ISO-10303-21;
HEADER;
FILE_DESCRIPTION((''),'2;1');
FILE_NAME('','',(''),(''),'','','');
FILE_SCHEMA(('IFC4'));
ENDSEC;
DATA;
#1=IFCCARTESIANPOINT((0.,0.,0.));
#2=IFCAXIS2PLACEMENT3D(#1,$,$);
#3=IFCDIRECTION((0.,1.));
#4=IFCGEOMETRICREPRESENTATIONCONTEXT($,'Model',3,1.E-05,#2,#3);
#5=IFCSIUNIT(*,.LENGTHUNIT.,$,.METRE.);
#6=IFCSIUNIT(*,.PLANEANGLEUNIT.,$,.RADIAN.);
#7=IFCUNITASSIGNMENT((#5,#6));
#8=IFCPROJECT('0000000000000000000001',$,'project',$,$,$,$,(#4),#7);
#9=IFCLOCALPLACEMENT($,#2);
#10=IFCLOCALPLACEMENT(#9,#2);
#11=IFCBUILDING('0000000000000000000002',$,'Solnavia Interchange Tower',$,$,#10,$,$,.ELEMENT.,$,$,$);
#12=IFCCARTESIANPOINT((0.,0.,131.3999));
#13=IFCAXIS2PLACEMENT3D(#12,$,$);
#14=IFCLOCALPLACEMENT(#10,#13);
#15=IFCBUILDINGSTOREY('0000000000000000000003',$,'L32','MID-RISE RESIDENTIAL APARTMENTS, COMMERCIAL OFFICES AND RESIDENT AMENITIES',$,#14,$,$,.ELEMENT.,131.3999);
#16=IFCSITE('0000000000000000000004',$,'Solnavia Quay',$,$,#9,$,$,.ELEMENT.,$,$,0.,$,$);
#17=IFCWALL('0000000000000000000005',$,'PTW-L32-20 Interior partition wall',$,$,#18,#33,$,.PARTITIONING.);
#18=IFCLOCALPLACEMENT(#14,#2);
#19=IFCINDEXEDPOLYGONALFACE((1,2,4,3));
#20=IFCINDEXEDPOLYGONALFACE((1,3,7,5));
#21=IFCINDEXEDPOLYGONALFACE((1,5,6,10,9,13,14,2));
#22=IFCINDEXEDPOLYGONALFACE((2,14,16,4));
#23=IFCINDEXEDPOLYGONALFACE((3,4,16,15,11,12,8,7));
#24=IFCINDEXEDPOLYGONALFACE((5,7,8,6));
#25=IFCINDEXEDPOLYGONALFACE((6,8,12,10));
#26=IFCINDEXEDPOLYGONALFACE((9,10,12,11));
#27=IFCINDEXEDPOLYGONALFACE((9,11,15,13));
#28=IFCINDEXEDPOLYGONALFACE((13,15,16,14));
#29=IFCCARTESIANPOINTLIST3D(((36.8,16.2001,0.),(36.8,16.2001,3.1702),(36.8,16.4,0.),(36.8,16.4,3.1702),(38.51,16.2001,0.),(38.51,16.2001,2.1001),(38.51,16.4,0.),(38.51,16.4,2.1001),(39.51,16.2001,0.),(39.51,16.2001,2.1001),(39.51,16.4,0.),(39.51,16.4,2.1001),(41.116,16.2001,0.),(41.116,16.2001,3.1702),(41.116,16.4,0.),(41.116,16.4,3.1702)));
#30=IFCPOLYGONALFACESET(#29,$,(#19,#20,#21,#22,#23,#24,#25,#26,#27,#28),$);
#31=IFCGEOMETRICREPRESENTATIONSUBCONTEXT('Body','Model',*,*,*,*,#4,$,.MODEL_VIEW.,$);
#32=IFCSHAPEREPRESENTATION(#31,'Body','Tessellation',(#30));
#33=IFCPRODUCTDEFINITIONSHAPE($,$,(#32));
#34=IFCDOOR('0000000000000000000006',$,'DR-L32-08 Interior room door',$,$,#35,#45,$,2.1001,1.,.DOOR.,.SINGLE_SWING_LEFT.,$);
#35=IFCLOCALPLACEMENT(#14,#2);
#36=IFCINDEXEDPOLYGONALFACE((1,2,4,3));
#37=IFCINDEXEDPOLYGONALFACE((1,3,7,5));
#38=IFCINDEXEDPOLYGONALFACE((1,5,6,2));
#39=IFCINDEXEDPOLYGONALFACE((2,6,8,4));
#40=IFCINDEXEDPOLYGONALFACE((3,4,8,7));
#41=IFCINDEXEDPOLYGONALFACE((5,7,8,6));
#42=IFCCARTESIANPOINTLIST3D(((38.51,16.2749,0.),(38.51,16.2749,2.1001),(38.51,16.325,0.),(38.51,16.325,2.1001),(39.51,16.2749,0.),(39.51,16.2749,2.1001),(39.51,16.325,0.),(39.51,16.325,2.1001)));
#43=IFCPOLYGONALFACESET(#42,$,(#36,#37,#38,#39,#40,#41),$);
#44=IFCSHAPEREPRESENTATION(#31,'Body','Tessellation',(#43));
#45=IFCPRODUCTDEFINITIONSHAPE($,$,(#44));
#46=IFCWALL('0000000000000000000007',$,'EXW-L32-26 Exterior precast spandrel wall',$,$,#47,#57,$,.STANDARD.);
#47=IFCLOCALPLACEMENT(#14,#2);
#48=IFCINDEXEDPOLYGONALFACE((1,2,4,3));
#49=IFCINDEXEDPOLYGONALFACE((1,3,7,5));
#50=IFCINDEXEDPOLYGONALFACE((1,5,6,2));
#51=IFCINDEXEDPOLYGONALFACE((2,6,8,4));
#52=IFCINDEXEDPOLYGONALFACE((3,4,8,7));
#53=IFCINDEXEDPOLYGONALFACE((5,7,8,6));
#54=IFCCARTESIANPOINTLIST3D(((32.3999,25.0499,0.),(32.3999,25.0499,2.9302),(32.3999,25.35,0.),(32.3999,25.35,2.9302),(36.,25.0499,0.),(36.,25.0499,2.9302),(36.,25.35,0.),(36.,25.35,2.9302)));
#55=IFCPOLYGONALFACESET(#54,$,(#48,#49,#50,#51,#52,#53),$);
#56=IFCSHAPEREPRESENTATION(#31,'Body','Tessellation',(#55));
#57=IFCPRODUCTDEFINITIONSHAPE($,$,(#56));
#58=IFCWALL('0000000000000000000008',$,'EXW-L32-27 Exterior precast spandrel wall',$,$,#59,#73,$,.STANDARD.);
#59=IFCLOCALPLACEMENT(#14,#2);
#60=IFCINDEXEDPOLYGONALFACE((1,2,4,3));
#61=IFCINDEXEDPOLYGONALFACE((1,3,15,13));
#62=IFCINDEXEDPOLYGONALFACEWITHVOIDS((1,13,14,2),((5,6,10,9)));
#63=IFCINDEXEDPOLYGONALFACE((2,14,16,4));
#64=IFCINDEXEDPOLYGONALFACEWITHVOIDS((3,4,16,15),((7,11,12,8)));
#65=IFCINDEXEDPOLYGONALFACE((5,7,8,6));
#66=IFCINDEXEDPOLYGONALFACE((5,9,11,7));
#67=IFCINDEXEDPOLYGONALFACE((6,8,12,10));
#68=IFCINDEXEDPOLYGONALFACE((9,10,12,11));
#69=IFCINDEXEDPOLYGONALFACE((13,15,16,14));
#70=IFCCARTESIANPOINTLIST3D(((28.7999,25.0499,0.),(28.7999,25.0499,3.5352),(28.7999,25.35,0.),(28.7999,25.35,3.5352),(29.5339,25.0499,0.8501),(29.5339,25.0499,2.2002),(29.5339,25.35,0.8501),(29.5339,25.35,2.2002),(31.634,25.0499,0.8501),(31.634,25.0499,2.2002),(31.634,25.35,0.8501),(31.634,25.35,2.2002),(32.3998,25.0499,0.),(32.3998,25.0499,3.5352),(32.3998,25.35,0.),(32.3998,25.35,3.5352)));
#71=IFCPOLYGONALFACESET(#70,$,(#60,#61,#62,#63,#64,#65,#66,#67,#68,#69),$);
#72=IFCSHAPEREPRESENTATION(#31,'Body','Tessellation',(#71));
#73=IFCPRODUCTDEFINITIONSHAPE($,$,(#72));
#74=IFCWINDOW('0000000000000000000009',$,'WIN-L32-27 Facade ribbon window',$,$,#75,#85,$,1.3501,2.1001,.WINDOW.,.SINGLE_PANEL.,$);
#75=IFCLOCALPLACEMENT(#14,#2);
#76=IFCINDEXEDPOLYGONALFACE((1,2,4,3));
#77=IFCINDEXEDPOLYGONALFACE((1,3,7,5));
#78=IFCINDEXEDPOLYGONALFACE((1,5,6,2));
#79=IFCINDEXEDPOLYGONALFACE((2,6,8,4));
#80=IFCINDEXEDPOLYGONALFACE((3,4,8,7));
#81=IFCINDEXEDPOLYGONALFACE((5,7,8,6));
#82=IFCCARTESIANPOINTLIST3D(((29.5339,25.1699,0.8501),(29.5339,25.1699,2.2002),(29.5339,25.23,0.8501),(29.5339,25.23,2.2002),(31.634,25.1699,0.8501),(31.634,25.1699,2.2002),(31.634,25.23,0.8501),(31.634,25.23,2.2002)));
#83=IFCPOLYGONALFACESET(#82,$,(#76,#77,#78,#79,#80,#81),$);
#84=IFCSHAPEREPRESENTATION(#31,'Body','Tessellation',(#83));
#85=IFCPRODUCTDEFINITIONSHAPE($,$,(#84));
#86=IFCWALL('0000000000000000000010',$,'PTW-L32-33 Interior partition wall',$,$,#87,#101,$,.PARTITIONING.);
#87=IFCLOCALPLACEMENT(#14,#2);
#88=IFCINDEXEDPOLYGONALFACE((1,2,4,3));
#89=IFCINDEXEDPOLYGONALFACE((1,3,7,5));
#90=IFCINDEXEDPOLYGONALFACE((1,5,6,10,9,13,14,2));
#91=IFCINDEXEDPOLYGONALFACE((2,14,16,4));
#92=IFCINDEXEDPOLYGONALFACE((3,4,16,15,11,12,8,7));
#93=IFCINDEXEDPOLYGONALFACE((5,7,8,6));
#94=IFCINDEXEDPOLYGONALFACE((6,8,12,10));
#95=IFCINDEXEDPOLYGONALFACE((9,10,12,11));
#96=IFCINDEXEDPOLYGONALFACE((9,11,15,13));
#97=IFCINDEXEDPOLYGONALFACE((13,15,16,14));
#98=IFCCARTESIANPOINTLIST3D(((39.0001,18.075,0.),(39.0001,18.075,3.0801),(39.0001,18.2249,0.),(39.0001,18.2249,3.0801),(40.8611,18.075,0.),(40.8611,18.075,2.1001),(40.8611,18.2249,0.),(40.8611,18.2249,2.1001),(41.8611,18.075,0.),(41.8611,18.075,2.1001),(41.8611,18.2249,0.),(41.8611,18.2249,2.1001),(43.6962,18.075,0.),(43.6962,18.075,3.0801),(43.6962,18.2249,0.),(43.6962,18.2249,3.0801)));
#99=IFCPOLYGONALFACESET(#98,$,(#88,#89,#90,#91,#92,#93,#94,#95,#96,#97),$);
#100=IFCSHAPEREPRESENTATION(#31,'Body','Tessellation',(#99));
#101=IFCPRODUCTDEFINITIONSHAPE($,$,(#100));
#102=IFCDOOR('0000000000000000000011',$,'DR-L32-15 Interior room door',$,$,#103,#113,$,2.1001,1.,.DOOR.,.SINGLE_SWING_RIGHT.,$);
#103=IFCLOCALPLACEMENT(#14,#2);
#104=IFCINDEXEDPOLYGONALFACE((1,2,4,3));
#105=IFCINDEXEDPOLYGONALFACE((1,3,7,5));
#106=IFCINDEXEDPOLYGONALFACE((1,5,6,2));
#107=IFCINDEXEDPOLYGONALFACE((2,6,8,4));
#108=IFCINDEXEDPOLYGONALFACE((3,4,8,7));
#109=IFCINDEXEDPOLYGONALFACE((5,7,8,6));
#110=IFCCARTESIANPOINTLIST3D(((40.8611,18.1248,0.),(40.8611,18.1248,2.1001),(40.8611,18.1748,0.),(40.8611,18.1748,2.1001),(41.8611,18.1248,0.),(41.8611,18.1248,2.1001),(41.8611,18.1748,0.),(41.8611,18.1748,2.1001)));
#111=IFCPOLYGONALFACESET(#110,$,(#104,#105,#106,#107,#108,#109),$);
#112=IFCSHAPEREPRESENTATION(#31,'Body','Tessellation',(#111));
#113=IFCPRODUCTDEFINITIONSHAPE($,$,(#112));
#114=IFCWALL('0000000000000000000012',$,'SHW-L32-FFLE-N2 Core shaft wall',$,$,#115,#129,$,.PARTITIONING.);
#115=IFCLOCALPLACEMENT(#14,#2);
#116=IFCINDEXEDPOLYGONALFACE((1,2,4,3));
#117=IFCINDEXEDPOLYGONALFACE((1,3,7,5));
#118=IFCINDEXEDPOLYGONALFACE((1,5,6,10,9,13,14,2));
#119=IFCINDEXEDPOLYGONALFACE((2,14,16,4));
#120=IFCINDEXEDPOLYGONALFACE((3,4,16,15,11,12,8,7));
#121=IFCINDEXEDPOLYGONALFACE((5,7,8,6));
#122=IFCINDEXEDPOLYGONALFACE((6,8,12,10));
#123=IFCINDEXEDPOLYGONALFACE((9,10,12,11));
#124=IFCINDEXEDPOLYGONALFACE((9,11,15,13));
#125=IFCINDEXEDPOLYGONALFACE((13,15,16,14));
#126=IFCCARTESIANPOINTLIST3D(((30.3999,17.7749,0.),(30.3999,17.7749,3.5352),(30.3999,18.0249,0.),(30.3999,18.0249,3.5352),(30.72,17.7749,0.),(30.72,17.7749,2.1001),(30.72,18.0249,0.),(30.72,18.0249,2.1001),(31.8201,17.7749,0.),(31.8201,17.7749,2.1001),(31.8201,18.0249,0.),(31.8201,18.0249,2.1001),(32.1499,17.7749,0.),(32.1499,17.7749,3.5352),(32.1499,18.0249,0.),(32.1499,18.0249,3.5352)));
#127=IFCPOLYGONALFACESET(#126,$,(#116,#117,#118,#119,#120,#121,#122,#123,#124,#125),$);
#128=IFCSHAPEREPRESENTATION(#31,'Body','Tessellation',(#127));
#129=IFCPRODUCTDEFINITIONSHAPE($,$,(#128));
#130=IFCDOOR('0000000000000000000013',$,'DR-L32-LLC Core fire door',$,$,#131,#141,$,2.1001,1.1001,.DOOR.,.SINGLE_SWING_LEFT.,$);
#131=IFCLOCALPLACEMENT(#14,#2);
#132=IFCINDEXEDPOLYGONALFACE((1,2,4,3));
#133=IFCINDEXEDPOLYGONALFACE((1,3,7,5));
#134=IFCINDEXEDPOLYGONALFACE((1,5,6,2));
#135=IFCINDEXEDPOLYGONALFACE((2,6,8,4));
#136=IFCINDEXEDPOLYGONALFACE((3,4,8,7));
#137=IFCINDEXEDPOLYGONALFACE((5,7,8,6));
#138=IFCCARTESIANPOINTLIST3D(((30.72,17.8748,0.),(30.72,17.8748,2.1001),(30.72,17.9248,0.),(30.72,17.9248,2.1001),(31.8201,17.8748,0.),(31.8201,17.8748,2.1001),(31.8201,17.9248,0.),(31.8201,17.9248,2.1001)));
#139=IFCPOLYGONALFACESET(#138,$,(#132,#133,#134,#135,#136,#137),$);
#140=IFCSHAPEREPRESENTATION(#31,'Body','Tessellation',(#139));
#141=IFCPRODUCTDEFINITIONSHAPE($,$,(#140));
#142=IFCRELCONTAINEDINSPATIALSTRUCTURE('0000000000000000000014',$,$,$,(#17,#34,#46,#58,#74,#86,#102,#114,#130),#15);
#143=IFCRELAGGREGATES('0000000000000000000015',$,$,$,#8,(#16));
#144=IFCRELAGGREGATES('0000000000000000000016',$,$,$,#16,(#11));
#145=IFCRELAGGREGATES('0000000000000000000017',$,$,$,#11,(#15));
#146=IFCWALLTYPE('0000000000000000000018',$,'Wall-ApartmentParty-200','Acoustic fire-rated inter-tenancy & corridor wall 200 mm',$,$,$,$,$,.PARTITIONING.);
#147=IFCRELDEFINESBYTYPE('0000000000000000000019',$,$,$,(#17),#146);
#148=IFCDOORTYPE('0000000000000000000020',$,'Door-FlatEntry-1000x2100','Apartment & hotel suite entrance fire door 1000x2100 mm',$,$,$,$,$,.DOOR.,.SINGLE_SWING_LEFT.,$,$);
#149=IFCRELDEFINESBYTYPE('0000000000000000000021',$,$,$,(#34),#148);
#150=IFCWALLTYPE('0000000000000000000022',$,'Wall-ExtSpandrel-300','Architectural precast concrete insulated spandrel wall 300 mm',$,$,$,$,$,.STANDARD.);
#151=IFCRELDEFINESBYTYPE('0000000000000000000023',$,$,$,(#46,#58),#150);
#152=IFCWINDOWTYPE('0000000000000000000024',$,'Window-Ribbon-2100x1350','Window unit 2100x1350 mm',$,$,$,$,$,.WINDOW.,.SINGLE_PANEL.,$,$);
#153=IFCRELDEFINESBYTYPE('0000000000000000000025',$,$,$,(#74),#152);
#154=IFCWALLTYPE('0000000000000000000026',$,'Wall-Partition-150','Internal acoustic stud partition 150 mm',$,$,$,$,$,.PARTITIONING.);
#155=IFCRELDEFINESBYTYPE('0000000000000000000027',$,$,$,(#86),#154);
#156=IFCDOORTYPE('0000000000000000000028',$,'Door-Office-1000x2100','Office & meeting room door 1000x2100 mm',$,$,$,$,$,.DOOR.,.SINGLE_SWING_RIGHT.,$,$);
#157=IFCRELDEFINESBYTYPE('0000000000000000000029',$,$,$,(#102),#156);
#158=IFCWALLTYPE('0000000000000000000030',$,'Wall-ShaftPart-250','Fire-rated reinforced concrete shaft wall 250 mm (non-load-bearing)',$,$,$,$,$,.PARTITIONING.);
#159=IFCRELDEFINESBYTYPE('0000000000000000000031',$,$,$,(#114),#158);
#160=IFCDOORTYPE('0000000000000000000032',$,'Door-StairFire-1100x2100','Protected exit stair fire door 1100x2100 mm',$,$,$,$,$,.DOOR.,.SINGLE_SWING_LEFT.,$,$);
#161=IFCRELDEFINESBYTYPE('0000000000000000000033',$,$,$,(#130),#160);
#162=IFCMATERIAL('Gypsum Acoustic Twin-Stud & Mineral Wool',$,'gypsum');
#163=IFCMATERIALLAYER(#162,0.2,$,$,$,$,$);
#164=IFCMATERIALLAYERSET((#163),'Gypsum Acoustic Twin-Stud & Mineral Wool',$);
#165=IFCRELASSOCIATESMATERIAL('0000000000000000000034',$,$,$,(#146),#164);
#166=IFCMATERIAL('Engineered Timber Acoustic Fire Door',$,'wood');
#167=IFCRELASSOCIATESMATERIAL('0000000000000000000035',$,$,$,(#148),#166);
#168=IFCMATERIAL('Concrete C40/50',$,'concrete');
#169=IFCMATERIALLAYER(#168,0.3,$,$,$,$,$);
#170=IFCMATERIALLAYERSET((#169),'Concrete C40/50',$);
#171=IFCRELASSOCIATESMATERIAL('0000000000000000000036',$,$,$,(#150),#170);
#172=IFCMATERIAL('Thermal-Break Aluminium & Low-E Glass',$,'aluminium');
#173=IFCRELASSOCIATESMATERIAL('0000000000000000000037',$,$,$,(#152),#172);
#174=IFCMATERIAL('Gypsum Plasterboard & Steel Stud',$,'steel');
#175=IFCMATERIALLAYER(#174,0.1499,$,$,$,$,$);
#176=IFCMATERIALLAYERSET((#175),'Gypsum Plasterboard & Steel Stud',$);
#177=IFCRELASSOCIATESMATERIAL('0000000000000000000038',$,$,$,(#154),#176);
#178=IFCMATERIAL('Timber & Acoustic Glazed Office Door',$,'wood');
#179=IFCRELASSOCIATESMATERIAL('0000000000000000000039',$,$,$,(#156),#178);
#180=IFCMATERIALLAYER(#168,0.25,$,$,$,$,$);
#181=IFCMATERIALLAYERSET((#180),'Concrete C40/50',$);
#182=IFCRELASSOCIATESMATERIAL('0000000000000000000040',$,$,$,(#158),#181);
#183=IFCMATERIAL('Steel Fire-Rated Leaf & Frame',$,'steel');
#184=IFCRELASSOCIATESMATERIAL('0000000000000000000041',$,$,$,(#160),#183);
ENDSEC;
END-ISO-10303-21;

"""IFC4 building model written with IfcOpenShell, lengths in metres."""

from ifc_helpers import new_model, si_unit, direction, frame, frame_2d, origin, place, context, subcontext, project, spatial, rectangle, extrude, material, layer, layer_set, type_object, element, fill, save


model = new_model("IFC4")

# Units and contexts
model_context = context("Model", 3, precision=1e-05, world=origin(), true_north=direction((0.0, 1.0)))
body_context = subcontext(model_context, "Body", "Model", "MODEL_VIEW")
ifc_project = project(units=[si_unit("LENGTHUNIT", "METRE"), si_unit("PLANEANGLEUNIT", "RADIAN")], contexts=[model_context])

# Site, building, storey
site_placement = place(None, origin())
site = spatial("IfcSite", under=ifc_project, at=site_placement, Name="Solnavia Quay", CompositionType="ELEMENT", RefElevation=0.0)
building_placement = place(site_placement, origin())
building = spatial("IfcBuilding", under=site, at=building_placement, Name="Solnavia Interchange Tower", CompositionType="ELEMENT")
storey_placement = place(building_placement, frame((0.0, 0.0, 131.3999)))
storey = spatial("IfcBuildingStorey", under=building, at=storey_placement, Name="L32", Description="MID-RISE RESIDENTIAL APARTMENTS, COMMERCIAL OFFICES AND RESIDENT AMENITIES", CompositionType="ELEMENT", Elevation=131.3999)

# Shared definitions
ifc_material_1 = material(Name="Gypsum Acoustic Twin-Stud & Mineral Wool", Category="gypsum")
ifc_layer_1 = layer(ifc_material_1, 0.2)
ifc_layer_set_1 = layer_set([ifc_layer_1], Name="Gypsum Acoustic Twin-Stud & Mineral Wool")
wall_type_1 = type_object("IfcWallType", Name="Wall-ApartmentParty-200", Description="Acoustic fire-rated inter-tenancy & corridor wall 200 mm", PredefinedType="PARTITIONING", material=ifc_layer_set_1)

# Wall, opening, door
wall_1_placement = place(storey_placement, frame((36.8, 16.3, 0.0), z_axis=(0.0, 0.0, 1.0), x_axis=(1.0, 0.0, 0.0)))
wall_1 = element("IfcWall", 1, at=wall_1_placement, inside=storey, type_object=wall_type_1, Name="PTW-L32-20 Interior partition wall", PredefinedType="PARTITIONING", context=body_context, shape_type="SweptSolid", body=[
    extrude(rectangle(XDim=4.3159, YDim=0.2, at=frame_2d((2.158, 0.0))), origin(), (0.0, 0.0, 1.0), 3.1702),
])
opening_1_placement = place(wall_1_placement, frame((1.71, 0.0, 0.0)))
opening_1 = element("IfcOpeningElement", 2, at=opening_1_placement, cuts=wall_1, PredefinedType="OPENING", context=body_context, shape_type="SweptSolid", body=[
    extrude(rectangle(XDim=1.0, YDim=2.1001, at=frame_2d((0.5, 1.05))), frame((0.0, 0.1099, 0.0), z_axis=(0.0, -1.0, 0.0), x_axis=(1.0, 0.0, 0.0)), (0.0, 0.0, 1.0), 0.22),
])
ifc_material_2 = material(Name="Engineered Timber Acoustic Fire Door", Category="wood")
door_type_1 = type_object("IfcDoorType", Name="Door-FlatEntry-1000x2100", Description="Apartment & hotel suite entrance fire door 1000x2100 mm", OperationType="SINGLE_SWING_LEFT", PredefinedType="DOOR", material=ifc_material_2)
door_1_placement = place(opening_1_placement, origin())
door_1 = element("IfcDoor", 3, at=door_1_placement, inside=storey, type_object=door_type_1, Name="DR-L32-08 Interior room door", OperationType="SINGLE_SWING_LEFT", OverallHeight=2.1001, OverallWidth=1.0, PredefinedType="DOOR", context=body_context, shape_type="SweptSolid", body=[
    extrude(rectangle(XDim=1.0, YDim=2.1001, at=frame_2d((0.5, 1.05))), frame((0.0, 0.0249, 0.0), z_axis=(0.0, -1.0, 0.0), x_axis=(1.0, 0.0, 0.0)), (0.0, 0.0, 1.0), 0.05),
])
fill(opening_1, door_1)

# Wall
ifc_material_3 = material(Name="Concrete C40/50", Category="concrete")
ifc_layer_2 = layer(ifc_material_3, 0.3)
ifc_layer_set_2 = layer_set([ifc_layer_2], Name="Concrete C40/50")
wall_type_2 = type_object("IfcWallType", Name="Wall-ExtSpandrel-300", Description="Architectural precast concrete insulated spandrel wall 300 mm", PredefinedType="STANDARD", material=ifc_layer_set_2)
wall_2_placement = place(storey_placement, frame((32.3999, 25.2, 0.0), z_axis=(0.0, 0.0, 1.0), x_axis=(1.0, 0.0, 0.0)))
element("IfcWall", 4, at=wall_2_placement, inside=storey, type_object=wall_type_2, Name="EXW-L32-26 Exterior precast spandrel wall", PredefinedType="STANDARD", context=body_context, shape_type="SweptSolid", body=[
    extrude(rectangle(XDim=3.6001, YDim=0.3, at=frame_2d((1.8, 0.0))), origin(), (0.0, 0.0, 1.0), 2.9302),
])

# Wall, opening, window
wall_3_placement = place(storey_placement, frame((28.8, 25.2, 0.0), z_axis=(0.0, 0.0, 1.0), x_axis=(1.0, 0.0, 0.0)))
wall_3 = element("IfcWall", 5, at=wall_3_placement, inside=storey, type_object=wall_type_2, Name="EXW-L32-27 Exterior precast spandrel wall", PredefinedType="STANDARD", context=body_context, shape_type="SweptSolid", body=[
    extrude(rectangle(XDim=3.5999, YDim=0.3, at=frame_2d((1.7998, 0.0))), origin(), (0.0, 0.0, 1.0), 3.5352),
])
opening_2_placement = place(wall_3_placement, frame((0.7339, 0.0, 0.8501)))
opening_2 = element("IfcOpeningElement", 6, at=opening_2_placement, cuts=wall_3, PredefinedType="OPENING", context=body_context, shape_type="SweptSolid", body=[
    extrude(rectangle(XDim=2.1001, YDim=1.3501, at=frame_2d((1.05, 0.675))), frame((0.0, 0.1602, 0.0), z_axis=(0.0, -1.0, 0.0), x_axis=(1.0, 0.0, 0.0)), (0.0, 0.0, 1.0), 0.3201),
])
ifc_material_4 = material(Name="Thermal-Break Aluminium & Low-E Glass", Category="aluminium")
window_type = type_object("IfcWindowType", Name="Window-Ribbon-2100x1350", Description="Window unit 2100x1350 mm", PartitioningType="SINGLE_PANEL", PredefinedType="WINDOW", material=ifc_material_4)
window_placement = place(opening_2_placement, origin())
window = element("IfcWindow", 7, at=window_placement, inside=storey, type_object=window_type, Name="WIN-L32-27 Facade ribbon window", OverallHeight=1.3501, OverallWidth=2.1001, PartitioningType="SINGLE_PANEL", PredefinedType="WINDOW", context=body_context, shape_type="SweptSolid", body=[
    extrude(rectangle(XDim=2.1001, YDim=1.3501, at=frame_2d((1.05, 0.675))), frame((0.0, 0.03, 0.0), z_axis=(0.0, -1.0, 0.0), x_axis=(1.0, 0.0, 0.0)), (0.0, 0.0, 1.0), 0.0601),
])
fill(opening_2, window)

# Walls, openings, doors
ifc_material_5 = material(Name="Gypsum Plasterboard & Steel Stud", Category="steel")
ifc_layer_3 = layer(ifc_material_5, 0.1499)
ifc_layer_set_3 = layer_set([ifc_layer_3], Name="Gypsum Plasterboard & Steel Stud")
wall_type_3 = type_object("IfcWallType", Name="Wall-Partition-150", Description="Internal acoustic stud partition 150 mm", PredefinedType="PARTITIONING", material=ifc_layer_set_3)
wall_4_placement = place(storey_placement, frame((39.0, 18.1499, 0.0), z_axis=(0.0, 0.0, 1.0), x_axis=(1.0, 0.0, 0.0)))
wall_4 = element("IfcWall", 8, at=wall_4_placement, inside=storey, type_object=wall_type_3, Name="PTW-L32-33 Interior partition wall", PredefinedType="PARTITIONING", context=body_context, shape_type="SweptSolid", body=[
    extrude(rectangle(XDim=4.696, YDim=0.1499, at=frame_2d((2.3481, 0.0))), origin(), (0.0, 0.0, 1.0), 3.0801),
])
opening_3_placement = place(wall_4_placement, frame((1.8611, 0.0, 0.0)))
opening_3 = element("IfcOpeningElement", 9, at=opening_3_placement, cuts=wall_4, PredefinedType="OPENING", context=body_context, shape_type="SweptSolid", body=[
    extrude(rectangle(XDim=1.0, YDim=2.1001, at=frame_2d((0.5, 1.05))), frame((0.0, 0.085, 0.0), z_axis=(0.0, -1.0, 0.0), x_axis=(1.0, 0.0, 0.0)), (0.0, 0.0, 1.0), 0.1699),
])
ifc_material_6 = material(Name="Timber & Acoustic Glazed Office Door", Category="wood")
door_type_2 = type_object("IfcDoorType", Name="Door-Office-1000x2100", Description="Office & meeting room door 1000x2100 mm", OperationType="SINGLE_SWING_RIGHT", PredefinedType="DOOR", material=ifc_material_6)
door_2_placement = place(opening_3_placement, origin())
door_2 = element("IfcDoor", 10, at=door_2_placement, inside=storey, type_object=door_type_2, Name="DR-L32-15 Interior room door", OperationType="SINGLE_SWING_RIGHT", OverallHeight=2.1001, OverallWidth=1.0, PredefinedType="DOOR", context=body_context, shape_type="SweptSolid", body=[
    extrude(rectangle(XDim=1.0, YDim=2.1001, at=frame_2d((0.5, 1.05))), frame((0.0, 0.0249, 0.0), z_axis=(0.0, -1.0, 0.0), x_axis=(1.0, 0.0, 0.0)), (0.0, 0.0, 1.0), 0.05),
])
fill(opening_3, door_2)
ifc_layer_4 = layer(ifc_material_3, 0.25)
ifc_layer_set_4 = layer_set([ifc_layer_4], Name="Concrete C40/50")
wall_type_4 = type_object("IfcWallType", Name="Wall-ShaftPart-250", Description="Fire-rated reinforced concrete shaft wall 250 mm (non-load-bearing)", PredefinedType="PARTITIONING", material=ifc_layer_set_4)
wall_5_placement = place(storey_placement, frame((30.3999, 17.8999, 0.0), z_axis=(0.0, 0.0, 1.0), x_axis=(1.0, 0.0, 0.0)))
wall_5 = element("IfcWall", 11, at=wall_5_placement, inside=storey, type_object=wall_type_4, Name="SHW-L32-FFLE-N2 Core shaft wall", PredefinedType="PARTITIONING", context=body_context, shape_type="SweptSolid", body=[
    extrude(rectangle(XDim=1.75, YDim=0.25, at=frame_2d((0.875, 0.0))), origin(), (0.0, 0.0, 1.0), 3.5352),
])
opening_4_placement = place(wall_5_placement, frame((0.3201, 0.0, 0.0)))
opening_4 = element("IfcOpeningElement", 12, at=opening_4_placement, cuts=wall_5, PredefinedType="OPENING", context=body_context, shape_type="SweptSolid", body=[
    extrude(rectangle(XDim=1.1001, YDim=2.1001, at=frame_2d((0.55, 1.05))), frame((0.0, 0.135, 0.0), z_axis=(0.0, -1.0, 0.0), x_axis=(1.0, 0.0, 0.0)), (0.0, 0.0, 1.0), 0.27),
])
ifc_material_7 = material(Name="Steel Fire-Rated Leaf & Frame", Category="steel")
door_type_3 = type_object("IfcDoorType", Name="Door-StairFire-1100x2100", Description="Protected exit stair fire door 1100x2100 mm", OperationType="SINGLE_SWING_LEFT", PredefinedType="DOOR", material=ifc_material_7)
door_3_placement = place(opening_4_placement, origin())
door_3 = element("IfcDoor", 13, at=door_3_placement, inside=storey, type_object=door_type_3, Name="DR-L32-LLC Core fire door", OperationType="SINGLE_SWING_LEFT", OverallHeight=2.1001, OverallWidth=1.1001, PredefinedType="DOOR", context=body_context, shape_type="SweptSolid", body=[
    extrude(rectangle(XDim=1.1001, YDim=2.1001, at=frame_2d((0.55, 1.05))), frame((0.0, 0.0249, 0.0), z_axis=(0.0, -1.0, 0.0), x_axis=(1.0, 0.0, 0.0)), (0.0, 0.0, 1.0), 0.05),
])
fill(opening_4, door_3)

save(model, "model.ifc")
